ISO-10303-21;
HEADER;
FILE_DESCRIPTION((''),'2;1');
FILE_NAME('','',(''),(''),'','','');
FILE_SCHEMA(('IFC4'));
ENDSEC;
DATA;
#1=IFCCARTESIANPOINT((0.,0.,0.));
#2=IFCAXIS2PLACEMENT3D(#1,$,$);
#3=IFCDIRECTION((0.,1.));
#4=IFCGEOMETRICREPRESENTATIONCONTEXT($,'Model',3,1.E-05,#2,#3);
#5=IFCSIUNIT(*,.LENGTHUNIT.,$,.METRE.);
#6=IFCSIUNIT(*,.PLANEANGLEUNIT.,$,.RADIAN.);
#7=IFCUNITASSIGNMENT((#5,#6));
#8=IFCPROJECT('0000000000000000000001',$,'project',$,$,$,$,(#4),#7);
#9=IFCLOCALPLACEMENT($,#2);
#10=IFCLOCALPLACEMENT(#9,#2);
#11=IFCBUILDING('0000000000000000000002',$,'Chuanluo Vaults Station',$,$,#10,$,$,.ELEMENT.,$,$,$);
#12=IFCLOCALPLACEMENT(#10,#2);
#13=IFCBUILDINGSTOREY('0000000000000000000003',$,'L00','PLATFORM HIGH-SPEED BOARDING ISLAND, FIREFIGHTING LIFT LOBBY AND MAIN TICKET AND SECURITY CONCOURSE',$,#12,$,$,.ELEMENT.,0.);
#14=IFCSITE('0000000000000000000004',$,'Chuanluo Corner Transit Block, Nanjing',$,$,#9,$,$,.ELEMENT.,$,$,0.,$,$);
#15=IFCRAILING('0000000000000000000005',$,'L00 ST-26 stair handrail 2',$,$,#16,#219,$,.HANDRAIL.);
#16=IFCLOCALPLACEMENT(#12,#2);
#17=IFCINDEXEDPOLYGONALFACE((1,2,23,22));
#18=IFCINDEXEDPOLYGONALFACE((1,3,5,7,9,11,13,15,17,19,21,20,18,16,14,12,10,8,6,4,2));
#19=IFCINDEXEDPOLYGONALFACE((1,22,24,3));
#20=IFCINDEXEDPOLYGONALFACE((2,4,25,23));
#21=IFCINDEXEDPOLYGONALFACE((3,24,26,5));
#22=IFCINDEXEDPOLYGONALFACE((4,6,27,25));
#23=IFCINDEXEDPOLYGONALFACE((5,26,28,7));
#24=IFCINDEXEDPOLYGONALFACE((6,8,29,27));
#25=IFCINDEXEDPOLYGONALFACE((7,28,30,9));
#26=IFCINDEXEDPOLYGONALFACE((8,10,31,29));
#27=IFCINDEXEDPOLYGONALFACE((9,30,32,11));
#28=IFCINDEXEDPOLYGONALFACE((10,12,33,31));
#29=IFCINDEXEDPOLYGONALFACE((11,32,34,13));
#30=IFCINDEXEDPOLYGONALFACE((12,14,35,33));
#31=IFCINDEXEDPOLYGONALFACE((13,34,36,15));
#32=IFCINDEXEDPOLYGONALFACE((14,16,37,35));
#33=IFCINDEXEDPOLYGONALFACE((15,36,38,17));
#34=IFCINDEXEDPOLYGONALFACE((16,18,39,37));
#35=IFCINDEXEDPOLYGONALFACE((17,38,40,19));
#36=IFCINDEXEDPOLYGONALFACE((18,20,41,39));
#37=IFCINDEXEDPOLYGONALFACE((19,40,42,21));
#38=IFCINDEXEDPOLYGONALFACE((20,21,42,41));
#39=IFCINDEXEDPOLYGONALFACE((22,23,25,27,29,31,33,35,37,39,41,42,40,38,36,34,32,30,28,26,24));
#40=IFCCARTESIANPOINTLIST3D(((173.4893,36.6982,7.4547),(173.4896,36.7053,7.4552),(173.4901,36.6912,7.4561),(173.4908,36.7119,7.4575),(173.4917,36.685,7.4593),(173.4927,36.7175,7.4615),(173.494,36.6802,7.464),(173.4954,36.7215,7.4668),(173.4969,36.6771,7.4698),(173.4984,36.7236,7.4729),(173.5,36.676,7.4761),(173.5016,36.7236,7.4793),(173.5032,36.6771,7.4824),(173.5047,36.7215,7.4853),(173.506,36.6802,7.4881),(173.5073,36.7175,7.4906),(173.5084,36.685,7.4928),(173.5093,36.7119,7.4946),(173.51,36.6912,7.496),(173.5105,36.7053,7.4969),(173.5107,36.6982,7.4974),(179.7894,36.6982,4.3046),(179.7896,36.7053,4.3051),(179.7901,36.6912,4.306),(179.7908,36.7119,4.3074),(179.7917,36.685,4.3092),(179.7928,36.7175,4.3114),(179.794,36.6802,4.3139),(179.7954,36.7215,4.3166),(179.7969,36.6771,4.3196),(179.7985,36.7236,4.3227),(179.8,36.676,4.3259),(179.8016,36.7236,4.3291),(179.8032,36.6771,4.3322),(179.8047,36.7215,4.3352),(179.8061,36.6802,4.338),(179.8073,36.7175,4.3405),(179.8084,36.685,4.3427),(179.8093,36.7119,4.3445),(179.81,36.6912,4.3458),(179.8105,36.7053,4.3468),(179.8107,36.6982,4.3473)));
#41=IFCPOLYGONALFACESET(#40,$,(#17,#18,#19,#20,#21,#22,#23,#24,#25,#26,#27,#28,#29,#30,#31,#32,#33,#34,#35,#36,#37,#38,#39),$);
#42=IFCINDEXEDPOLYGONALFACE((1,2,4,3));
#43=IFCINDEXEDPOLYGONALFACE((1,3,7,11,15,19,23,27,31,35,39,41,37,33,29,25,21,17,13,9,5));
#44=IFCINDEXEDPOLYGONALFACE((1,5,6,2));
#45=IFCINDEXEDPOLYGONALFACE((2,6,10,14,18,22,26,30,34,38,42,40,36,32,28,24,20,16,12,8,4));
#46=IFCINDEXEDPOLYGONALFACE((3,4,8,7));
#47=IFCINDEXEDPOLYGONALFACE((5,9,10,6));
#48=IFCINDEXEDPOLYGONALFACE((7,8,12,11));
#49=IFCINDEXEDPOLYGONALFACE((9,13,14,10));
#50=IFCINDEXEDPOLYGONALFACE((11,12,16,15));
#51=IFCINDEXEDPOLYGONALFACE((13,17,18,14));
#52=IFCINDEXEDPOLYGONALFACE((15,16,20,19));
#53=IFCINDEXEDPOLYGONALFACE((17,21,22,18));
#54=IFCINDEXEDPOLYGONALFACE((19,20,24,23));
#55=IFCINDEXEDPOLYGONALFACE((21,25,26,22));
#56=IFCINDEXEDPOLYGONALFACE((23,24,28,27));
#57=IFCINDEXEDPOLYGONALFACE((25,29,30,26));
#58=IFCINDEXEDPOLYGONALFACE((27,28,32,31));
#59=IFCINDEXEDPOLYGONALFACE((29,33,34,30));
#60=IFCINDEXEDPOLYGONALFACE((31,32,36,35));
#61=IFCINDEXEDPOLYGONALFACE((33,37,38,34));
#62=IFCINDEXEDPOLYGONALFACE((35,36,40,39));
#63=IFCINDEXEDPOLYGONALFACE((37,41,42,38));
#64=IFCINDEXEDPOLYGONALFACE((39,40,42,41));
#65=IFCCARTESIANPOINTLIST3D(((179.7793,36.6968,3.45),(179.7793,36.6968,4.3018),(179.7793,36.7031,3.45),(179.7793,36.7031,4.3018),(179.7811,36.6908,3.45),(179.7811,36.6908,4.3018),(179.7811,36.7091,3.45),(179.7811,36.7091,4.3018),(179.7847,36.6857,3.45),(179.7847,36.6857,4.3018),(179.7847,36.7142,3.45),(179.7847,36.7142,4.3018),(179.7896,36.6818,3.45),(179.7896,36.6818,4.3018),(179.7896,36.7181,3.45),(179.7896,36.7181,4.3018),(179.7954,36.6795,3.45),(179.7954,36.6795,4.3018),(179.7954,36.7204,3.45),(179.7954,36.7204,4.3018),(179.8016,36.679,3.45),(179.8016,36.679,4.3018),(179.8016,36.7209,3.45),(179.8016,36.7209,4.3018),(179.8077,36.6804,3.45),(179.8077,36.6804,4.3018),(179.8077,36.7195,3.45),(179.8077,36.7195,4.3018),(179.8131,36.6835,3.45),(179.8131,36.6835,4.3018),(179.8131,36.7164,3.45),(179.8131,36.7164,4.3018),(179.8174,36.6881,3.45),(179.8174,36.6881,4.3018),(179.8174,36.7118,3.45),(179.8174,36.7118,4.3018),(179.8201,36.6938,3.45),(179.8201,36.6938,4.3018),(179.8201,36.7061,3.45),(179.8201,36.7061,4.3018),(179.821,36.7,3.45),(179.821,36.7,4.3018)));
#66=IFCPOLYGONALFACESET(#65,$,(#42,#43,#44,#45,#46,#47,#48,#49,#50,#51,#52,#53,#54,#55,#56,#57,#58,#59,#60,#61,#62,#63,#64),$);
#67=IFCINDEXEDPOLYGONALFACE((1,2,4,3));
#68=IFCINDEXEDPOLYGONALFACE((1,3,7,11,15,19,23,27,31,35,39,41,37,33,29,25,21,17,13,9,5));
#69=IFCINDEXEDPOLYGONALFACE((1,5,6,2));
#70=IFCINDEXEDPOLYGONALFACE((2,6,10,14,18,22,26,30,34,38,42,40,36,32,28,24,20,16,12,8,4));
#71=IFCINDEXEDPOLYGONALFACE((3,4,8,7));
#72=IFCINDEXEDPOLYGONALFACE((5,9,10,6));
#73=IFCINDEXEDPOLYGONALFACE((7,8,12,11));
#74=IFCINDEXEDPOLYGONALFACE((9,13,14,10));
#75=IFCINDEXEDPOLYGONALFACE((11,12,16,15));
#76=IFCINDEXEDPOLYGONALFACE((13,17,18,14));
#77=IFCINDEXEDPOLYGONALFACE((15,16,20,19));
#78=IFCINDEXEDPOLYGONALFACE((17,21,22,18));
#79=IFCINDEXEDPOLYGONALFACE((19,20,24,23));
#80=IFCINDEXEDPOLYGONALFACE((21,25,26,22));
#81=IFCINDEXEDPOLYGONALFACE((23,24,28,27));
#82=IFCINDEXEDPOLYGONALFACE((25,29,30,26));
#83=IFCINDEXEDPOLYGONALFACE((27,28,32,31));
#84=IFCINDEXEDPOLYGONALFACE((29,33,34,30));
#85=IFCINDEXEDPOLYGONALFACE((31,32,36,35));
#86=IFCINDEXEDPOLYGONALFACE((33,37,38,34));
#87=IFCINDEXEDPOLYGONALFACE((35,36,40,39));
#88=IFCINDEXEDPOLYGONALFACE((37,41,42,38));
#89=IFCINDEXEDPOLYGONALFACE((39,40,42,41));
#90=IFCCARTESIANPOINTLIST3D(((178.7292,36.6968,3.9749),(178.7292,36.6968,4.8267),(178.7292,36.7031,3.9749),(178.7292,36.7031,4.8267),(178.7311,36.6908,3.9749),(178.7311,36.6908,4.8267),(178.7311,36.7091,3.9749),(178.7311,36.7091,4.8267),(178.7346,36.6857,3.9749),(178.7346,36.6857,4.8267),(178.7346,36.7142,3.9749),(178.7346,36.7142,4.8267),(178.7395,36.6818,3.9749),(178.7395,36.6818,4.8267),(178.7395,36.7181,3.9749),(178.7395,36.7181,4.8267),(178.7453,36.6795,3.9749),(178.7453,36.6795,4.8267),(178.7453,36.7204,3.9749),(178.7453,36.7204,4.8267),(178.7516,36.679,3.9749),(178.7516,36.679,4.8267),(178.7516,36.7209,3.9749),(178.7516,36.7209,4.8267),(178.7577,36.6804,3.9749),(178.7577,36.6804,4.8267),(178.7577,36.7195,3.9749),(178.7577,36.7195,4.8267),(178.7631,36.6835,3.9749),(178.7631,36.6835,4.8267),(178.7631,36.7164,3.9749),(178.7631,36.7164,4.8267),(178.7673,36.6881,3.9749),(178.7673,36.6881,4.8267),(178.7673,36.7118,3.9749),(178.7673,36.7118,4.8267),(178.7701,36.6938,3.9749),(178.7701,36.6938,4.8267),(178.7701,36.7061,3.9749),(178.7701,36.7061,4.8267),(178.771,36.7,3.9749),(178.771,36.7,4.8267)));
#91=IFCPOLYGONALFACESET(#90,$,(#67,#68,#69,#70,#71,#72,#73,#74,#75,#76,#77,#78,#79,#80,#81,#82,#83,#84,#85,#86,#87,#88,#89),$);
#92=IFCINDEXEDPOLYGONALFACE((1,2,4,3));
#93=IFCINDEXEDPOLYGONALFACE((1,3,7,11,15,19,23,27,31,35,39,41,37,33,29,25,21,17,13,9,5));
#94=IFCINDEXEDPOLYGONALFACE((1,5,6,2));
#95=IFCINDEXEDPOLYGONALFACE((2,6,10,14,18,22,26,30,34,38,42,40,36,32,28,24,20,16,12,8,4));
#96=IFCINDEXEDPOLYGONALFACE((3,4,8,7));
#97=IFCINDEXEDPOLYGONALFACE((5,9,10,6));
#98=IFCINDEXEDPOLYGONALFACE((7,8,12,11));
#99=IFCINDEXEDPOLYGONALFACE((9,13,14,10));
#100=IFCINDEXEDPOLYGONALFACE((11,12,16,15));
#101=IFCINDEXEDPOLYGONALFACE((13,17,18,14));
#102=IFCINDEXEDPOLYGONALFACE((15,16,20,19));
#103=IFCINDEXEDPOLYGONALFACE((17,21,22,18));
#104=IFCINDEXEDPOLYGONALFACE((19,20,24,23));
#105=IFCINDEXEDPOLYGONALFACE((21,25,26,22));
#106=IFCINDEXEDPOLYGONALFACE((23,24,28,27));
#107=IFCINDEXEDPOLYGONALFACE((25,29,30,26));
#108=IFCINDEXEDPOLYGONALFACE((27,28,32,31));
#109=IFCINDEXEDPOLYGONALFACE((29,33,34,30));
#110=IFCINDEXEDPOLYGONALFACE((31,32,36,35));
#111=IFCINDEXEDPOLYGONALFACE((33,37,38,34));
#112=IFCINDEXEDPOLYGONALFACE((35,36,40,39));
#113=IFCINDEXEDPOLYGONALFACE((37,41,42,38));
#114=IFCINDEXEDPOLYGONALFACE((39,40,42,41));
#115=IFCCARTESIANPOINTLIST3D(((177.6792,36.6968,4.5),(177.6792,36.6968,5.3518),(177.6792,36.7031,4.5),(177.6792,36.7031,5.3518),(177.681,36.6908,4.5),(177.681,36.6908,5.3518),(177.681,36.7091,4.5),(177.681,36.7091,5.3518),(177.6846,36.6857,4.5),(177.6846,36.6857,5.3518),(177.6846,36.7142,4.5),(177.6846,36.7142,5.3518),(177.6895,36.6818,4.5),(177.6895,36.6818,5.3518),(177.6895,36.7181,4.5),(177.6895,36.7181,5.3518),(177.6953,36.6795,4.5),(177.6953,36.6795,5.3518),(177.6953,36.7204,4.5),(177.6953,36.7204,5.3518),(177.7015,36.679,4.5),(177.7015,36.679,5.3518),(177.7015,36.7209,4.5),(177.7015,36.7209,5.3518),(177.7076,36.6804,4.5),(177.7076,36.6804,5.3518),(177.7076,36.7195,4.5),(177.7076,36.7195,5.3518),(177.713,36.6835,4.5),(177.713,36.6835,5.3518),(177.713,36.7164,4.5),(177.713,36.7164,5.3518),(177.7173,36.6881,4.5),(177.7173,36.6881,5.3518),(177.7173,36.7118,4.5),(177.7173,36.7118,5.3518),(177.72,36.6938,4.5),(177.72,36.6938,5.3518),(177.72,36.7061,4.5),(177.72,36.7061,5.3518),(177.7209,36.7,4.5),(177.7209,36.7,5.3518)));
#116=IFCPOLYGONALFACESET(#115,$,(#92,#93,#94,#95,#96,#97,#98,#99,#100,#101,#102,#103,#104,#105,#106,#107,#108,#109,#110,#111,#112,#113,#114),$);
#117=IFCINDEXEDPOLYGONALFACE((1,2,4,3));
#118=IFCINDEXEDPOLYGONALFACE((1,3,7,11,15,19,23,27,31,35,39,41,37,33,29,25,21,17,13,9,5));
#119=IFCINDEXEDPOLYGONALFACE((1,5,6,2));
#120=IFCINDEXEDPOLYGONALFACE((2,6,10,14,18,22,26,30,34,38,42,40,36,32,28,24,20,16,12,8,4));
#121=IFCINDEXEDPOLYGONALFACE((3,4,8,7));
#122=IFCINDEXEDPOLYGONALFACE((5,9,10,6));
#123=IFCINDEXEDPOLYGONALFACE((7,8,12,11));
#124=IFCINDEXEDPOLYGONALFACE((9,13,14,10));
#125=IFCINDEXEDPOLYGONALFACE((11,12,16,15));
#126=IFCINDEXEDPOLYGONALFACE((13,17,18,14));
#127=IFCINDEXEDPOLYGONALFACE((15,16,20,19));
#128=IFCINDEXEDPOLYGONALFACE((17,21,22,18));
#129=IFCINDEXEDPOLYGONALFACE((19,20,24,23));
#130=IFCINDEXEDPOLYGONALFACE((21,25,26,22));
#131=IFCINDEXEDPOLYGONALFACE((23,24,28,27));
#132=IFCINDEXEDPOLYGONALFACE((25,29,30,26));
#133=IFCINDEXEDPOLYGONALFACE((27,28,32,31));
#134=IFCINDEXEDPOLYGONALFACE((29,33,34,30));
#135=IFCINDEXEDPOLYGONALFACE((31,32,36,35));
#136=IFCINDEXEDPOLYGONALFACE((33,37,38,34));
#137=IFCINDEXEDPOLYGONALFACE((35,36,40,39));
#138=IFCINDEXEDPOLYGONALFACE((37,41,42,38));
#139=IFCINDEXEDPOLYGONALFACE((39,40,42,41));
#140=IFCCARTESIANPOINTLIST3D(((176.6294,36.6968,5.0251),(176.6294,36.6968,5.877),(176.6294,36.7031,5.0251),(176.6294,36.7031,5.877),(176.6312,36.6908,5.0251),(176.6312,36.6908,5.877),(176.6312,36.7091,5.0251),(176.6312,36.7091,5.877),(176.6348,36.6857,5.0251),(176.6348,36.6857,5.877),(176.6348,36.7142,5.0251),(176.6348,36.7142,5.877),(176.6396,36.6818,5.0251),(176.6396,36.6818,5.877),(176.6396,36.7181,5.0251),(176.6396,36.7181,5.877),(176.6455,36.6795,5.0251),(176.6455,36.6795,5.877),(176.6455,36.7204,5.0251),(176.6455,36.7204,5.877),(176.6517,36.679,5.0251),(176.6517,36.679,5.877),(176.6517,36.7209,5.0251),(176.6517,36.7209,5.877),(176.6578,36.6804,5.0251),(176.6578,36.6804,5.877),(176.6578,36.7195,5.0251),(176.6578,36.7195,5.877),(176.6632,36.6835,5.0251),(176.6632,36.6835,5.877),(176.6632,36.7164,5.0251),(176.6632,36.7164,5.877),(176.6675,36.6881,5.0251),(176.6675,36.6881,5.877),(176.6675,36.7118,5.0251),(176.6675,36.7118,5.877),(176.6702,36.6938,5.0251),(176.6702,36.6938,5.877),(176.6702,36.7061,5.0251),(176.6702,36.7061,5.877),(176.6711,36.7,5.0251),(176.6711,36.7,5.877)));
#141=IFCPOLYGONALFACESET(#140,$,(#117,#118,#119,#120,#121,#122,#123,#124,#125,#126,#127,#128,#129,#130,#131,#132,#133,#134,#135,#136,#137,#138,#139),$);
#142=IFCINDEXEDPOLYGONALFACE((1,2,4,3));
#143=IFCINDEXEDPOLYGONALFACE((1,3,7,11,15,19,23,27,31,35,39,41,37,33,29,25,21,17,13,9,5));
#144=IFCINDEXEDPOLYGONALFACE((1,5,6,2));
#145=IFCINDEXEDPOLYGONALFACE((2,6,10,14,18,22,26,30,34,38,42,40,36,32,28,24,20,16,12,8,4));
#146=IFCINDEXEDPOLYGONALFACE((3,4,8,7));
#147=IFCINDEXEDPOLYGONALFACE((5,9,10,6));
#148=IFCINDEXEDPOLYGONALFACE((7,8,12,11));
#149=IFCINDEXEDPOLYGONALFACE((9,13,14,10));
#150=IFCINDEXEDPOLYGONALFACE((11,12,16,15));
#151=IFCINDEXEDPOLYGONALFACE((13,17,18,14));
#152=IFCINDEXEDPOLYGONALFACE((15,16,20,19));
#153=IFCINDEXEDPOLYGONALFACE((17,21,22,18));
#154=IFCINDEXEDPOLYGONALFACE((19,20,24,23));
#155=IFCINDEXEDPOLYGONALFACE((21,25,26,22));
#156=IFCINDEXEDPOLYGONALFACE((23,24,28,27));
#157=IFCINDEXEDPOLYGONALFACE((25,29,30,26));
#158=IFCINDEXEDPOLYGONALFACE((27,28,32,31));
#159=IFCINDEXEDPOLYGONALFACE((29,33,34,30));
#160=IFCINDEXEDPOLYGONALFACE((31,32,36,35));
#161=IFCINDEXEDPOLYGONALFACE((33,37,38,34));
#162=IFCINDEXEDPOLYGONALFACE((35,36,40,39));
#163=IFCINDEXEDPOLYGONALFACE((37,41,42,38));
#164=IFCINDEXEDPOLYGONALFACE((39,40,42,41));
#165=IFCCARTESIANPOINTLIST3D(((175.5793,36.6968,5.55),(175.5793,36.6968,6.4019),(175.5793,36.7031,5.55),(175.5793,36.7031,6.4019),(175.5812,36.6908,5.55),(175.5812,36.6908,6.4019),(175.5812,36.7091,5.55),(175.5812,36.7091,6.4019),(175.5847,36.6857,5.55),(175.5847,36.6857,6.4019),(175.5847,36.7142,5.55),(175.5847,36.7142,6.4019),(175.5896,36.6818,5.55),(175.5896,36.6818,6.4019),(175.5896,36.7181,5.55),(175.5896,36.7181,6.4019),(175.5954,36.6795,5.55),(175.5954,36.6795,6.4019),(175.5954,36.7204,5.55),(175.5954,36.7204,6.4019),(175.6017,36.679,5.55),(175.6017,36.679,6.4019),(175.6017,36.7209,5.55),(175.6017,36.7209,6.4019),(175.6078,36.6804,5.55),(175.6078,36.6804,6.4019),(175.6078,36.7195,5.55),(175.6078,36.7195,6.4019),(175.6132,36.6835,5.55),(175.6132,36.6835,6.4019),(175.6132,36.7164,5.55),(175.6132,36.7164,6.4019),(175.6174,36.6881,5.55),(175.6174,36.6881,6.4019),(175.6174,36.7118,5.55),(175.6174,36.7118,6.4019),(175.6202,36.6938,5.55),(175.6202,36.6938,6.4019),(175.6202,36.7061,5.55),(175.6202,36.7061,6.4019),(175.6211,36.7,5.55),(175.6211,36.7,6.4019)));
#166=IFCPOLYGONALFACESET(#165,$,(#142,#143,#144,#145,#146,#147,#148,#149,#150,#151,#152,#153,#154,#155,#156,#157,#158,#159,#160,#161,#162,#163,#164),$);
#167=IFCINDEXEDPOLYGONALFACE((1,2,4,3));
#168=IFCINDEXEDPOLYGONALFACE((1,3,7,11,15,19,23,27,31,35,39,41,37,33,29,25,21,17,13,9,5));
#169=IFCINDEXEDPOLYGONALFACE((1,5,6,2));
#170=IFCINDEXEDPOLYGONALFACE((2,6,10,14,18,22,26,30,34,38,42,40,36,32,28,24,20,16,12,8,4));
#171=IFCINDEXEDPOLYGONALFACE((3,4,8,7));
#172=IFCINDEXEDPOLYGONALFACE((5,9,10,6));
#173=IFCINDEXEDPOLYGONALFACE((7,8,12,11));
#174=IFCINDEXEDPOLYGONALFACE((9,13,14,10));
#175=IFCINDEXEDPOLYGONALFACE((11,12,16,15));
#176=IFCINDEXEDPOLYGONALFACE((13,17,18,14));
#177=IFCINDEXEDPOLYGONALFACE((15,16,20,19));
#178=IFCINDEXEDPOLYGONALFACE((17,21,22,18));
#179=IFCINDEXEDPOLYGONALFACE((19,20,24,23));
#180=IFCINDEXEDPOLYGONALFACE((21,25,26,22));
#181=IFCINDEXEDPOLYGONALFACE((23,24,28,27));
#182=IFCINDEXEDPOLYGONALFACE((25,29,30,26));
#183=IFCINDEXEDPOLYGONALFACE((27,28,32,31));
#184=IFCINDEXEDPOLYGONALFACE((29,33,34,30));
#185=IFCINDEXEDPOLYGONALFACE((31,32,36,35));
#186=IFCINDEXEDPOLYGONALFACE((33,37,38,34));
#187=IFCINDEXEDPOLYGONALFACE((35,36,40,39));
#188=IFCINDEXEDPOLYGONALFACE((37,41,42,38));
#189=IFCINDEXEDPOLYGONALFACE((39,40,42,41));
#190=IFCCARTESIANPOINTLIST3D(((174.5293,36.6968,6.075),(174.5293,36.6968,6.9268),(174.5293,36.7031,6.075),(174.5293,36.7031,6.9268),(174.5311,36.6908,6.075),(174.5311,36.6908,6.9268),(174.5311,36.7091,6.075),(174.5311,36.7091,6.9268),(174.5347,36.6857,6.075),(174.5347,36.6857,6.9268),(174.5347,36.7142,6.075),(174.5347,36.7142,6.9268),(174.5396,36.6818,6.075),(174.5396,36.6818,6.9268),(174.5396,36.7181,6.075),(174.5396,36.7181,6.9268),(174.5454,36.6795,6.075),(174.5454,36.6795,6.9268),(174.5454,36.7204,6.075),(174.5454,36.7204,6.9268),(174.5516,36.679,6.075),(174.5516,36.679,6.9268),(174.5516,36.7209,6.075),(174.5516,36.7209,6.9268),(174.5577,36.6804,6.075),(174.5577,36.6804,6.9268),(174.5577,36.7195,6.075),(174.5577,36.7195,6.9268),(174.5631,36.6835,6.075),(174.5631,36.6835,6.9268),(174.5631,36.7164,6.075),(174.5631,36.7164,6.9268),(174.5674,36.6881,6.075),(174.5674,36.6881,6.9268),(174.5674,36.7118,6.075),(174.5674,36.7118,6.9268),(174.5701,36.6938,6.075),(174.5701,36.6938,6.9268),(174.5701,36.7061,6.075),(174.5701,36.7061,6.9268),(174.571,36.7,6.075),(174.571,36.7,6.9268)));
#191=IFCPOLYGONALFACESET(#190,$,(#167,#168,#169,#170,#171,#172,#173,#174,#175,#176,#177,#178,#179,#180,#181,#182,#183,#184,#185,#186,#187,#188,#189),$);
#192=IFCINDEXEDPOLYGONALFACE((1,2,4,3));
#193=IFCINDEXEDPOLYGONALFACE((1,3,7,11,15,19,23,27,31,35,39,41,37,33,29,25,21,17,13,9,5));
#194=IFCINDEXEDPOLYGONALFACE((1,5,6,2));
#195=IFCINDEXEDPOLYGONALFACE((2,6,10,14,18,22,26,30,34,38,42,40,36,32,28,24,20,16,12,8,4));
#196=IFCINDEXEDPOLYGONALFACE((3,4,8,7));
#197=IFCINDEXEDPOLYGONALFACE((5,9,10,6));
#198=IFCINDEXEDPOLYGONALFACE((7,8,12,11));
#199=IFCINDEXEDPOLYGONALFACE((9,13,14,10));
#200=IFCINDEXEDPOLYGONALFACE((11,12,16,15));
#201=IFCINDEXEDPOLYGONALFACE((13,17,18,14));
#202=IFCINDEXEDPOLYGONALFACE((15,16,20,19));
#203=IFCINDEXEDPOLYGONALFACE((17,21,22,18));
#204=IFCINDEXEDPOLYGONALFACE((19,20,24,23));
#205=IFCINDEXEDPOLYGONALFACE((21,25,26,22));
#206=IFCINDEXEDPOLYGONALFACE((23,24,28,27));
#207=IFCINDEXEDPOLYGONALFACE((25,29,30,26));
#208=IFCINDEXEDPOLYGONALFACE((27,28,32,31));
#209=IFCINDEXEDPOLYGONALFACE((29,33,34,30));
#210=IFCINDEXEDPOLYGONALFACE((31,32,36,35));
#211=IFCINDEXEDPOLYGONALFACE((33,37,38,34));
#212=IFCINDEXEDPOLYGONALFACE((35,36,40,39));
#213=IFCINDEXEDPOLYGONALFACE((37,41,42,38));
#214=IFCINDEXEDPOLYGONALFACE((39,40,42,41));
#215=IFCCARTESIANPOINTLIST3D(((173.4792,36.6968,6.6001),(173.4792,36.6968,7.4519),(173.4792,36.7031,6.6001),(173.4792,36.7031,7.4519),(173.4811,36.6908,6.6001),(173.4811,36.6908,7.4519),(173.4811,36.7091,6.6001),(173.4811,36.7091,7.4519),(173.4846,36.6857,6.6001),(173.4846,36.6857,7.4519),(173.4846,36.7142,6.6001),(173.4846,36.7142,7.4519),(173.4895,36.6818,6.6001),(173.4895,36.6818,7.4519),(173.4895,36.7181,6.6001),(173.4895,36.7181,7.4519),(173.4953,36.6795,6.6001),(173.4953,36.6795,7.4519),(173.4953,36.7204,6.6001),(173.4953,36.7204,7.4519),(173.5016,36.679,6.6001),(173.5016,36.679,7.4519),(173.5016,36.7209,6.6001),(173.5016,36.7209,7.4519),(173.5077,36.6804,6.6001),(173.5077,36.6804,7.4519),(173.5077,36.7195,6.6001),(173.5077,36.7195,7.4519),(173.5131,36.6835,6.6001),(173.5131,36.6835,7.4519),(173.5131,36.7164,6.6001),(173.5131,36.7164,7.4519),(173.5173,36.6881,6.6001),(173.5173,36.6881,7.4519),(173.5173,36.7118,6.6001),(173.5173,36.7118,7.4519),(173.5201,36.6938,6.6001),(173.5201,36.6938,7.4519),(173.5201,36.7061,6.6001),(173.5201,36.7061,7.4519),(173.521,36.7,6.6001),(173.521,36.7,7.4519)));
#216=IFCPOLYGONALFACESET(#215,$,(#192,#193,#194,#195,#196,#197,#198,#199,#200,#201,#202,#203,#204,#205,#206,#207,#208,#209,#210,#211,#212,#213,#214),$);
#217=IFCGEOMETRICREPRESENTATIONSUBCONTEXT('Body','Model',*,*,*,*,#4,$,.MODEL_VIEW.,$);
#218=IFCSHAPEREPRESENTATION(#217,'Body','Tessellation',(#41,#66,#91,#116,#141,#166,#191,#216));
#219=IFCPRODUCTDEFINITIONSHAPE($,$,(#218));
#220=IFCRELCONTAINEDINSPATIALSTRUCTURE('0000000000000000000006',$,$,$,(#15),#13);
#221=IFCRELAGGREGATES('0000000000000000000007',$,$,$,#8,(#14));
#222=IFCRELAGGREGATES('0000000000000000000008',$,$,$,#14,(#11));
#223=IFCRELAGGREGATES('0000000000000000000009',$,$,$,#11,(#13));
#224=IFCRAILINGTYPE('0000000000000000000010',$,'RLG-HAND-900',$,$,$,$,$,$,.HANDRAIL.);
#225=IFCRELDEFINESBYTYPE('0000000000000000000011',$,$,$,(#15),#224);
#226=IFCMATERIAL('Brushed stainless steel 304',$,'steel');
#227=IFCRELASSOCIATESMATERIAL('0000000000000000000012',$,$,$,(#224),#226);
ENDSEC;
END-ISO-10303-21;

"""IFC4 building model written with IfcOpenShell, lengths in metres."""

from ifc_helpers import new_model, si_unit, direction, frame, origin, origin_2d, place, context, subcontext, project, spatial, circle, extrude, material, type_object, element, save


model = new_model("IFC4")

# Units and contexts
model_context = context("Model", 3, precision=1e-05, world=origin(), true_north=direction((0.0, 1.0)))
body_context = subcontext(model_context, "Body", "Model", "MODEL_VIEW")
ifc_project = project(units=[si_unit("LENGTHUNIT", "METRE"), si_unit("PLANEANGLEUNIT", "RADIAN")], contexts=[model_context])

# Site, building, storey
site_placement = place(None, origin())
site = spatial("IfcSite", under=ifc_project, at=site_placement, Name="Chuanluo Corner Transit Block, Nanjing", CompositionType="ELEMENT", RefElevation=0.0)
building_placement = place(site_placement, origin())
building = spatial("IfcBuilding", under=site, at=building_placement, Name="Chuanluo Vaults Station", CompositionType="ELEMENT")
storey_placement = place(building_placement, origin())
storey = spatial("IfcBuildingStorey", under=building, at=storey_placement, Name="L00", Description="PLATFORM HIGH-SPEED BOARDING ISLAND, FIREFIGHTING LIFT LOBBY AND MAIN TICKET AND SECURITY CONCOURSE", CompositionType="ELEMENT", Elevation=0.0)

# Railing
ifc_material_1 = material(Name="Brushed stainless steel 304", Category="steel")
railing_type_1 = type_object("IfcRailingType", Name="RLG-HAND-900", PredefinedType="HANDRAIL", material=ifc_material_1)
railing_1_placement = place(storey_placement, frame((179.8, 36.7, 3.45)))
element("IfcRailing", 1, at=railing_1_placement, inside=storey, type_object=railing_type_1, Name="L00 ST-26 stair handrail 2", PredefinedType="HANDRAIL", context=body_context, shape_type="SweptSolid", body=[
    extrude(circle(Radius=0.0239, at=origin_2d()), frame((0.0, 0.0, 0.876), z_axis=(-0.89442, 0.0, 0.447227), x_axis=(0.0, -1.0, 0.0)), (0.0, 0.0, 1.0), 7.0437),
    extrude(circle(Radius=0.021, at=origin_2d()), origin(), (0.0, 0.0, 1.0), 0.8518),
    extrude(circle(Radius=0.021, at=origin_2d()), frame((-1.05, 0.0, 0.5249)), (0.0, 0.0, 1.0), 0.8518),
    extrude(circle(Radius=0.021, at=origin_2d()), frame((-2.1001, 0.0, 1.05)), (0.0, 0.0, 1.0), 0.8518),
    extrude(circle(Radius=0.021, at=origin_2d()), frame((-3.1499, 0.0, 1.5752)), (0.0, 0.0, 1.0), 0.8518),
    extrude(circle(Radius=0.021, at=origin_2d()), frame((-4.2, 0.0, 2.1001)), (0.0, 0.0, 1.0), 0.8518),
    extrude(circle(Radius=0.021, at=origin_2d()), frame((-5.25, 0.0, 2.625)), (0.0, 0.0, 1.0), 0.8518),
    extrude(circle(Radius=0.021, at=origin_2d()), frame((-6.3, 0.0, 3.1501)), (0.0, 0.0, 1.0), 0.8518),
])

save(model, "model.ifc")
